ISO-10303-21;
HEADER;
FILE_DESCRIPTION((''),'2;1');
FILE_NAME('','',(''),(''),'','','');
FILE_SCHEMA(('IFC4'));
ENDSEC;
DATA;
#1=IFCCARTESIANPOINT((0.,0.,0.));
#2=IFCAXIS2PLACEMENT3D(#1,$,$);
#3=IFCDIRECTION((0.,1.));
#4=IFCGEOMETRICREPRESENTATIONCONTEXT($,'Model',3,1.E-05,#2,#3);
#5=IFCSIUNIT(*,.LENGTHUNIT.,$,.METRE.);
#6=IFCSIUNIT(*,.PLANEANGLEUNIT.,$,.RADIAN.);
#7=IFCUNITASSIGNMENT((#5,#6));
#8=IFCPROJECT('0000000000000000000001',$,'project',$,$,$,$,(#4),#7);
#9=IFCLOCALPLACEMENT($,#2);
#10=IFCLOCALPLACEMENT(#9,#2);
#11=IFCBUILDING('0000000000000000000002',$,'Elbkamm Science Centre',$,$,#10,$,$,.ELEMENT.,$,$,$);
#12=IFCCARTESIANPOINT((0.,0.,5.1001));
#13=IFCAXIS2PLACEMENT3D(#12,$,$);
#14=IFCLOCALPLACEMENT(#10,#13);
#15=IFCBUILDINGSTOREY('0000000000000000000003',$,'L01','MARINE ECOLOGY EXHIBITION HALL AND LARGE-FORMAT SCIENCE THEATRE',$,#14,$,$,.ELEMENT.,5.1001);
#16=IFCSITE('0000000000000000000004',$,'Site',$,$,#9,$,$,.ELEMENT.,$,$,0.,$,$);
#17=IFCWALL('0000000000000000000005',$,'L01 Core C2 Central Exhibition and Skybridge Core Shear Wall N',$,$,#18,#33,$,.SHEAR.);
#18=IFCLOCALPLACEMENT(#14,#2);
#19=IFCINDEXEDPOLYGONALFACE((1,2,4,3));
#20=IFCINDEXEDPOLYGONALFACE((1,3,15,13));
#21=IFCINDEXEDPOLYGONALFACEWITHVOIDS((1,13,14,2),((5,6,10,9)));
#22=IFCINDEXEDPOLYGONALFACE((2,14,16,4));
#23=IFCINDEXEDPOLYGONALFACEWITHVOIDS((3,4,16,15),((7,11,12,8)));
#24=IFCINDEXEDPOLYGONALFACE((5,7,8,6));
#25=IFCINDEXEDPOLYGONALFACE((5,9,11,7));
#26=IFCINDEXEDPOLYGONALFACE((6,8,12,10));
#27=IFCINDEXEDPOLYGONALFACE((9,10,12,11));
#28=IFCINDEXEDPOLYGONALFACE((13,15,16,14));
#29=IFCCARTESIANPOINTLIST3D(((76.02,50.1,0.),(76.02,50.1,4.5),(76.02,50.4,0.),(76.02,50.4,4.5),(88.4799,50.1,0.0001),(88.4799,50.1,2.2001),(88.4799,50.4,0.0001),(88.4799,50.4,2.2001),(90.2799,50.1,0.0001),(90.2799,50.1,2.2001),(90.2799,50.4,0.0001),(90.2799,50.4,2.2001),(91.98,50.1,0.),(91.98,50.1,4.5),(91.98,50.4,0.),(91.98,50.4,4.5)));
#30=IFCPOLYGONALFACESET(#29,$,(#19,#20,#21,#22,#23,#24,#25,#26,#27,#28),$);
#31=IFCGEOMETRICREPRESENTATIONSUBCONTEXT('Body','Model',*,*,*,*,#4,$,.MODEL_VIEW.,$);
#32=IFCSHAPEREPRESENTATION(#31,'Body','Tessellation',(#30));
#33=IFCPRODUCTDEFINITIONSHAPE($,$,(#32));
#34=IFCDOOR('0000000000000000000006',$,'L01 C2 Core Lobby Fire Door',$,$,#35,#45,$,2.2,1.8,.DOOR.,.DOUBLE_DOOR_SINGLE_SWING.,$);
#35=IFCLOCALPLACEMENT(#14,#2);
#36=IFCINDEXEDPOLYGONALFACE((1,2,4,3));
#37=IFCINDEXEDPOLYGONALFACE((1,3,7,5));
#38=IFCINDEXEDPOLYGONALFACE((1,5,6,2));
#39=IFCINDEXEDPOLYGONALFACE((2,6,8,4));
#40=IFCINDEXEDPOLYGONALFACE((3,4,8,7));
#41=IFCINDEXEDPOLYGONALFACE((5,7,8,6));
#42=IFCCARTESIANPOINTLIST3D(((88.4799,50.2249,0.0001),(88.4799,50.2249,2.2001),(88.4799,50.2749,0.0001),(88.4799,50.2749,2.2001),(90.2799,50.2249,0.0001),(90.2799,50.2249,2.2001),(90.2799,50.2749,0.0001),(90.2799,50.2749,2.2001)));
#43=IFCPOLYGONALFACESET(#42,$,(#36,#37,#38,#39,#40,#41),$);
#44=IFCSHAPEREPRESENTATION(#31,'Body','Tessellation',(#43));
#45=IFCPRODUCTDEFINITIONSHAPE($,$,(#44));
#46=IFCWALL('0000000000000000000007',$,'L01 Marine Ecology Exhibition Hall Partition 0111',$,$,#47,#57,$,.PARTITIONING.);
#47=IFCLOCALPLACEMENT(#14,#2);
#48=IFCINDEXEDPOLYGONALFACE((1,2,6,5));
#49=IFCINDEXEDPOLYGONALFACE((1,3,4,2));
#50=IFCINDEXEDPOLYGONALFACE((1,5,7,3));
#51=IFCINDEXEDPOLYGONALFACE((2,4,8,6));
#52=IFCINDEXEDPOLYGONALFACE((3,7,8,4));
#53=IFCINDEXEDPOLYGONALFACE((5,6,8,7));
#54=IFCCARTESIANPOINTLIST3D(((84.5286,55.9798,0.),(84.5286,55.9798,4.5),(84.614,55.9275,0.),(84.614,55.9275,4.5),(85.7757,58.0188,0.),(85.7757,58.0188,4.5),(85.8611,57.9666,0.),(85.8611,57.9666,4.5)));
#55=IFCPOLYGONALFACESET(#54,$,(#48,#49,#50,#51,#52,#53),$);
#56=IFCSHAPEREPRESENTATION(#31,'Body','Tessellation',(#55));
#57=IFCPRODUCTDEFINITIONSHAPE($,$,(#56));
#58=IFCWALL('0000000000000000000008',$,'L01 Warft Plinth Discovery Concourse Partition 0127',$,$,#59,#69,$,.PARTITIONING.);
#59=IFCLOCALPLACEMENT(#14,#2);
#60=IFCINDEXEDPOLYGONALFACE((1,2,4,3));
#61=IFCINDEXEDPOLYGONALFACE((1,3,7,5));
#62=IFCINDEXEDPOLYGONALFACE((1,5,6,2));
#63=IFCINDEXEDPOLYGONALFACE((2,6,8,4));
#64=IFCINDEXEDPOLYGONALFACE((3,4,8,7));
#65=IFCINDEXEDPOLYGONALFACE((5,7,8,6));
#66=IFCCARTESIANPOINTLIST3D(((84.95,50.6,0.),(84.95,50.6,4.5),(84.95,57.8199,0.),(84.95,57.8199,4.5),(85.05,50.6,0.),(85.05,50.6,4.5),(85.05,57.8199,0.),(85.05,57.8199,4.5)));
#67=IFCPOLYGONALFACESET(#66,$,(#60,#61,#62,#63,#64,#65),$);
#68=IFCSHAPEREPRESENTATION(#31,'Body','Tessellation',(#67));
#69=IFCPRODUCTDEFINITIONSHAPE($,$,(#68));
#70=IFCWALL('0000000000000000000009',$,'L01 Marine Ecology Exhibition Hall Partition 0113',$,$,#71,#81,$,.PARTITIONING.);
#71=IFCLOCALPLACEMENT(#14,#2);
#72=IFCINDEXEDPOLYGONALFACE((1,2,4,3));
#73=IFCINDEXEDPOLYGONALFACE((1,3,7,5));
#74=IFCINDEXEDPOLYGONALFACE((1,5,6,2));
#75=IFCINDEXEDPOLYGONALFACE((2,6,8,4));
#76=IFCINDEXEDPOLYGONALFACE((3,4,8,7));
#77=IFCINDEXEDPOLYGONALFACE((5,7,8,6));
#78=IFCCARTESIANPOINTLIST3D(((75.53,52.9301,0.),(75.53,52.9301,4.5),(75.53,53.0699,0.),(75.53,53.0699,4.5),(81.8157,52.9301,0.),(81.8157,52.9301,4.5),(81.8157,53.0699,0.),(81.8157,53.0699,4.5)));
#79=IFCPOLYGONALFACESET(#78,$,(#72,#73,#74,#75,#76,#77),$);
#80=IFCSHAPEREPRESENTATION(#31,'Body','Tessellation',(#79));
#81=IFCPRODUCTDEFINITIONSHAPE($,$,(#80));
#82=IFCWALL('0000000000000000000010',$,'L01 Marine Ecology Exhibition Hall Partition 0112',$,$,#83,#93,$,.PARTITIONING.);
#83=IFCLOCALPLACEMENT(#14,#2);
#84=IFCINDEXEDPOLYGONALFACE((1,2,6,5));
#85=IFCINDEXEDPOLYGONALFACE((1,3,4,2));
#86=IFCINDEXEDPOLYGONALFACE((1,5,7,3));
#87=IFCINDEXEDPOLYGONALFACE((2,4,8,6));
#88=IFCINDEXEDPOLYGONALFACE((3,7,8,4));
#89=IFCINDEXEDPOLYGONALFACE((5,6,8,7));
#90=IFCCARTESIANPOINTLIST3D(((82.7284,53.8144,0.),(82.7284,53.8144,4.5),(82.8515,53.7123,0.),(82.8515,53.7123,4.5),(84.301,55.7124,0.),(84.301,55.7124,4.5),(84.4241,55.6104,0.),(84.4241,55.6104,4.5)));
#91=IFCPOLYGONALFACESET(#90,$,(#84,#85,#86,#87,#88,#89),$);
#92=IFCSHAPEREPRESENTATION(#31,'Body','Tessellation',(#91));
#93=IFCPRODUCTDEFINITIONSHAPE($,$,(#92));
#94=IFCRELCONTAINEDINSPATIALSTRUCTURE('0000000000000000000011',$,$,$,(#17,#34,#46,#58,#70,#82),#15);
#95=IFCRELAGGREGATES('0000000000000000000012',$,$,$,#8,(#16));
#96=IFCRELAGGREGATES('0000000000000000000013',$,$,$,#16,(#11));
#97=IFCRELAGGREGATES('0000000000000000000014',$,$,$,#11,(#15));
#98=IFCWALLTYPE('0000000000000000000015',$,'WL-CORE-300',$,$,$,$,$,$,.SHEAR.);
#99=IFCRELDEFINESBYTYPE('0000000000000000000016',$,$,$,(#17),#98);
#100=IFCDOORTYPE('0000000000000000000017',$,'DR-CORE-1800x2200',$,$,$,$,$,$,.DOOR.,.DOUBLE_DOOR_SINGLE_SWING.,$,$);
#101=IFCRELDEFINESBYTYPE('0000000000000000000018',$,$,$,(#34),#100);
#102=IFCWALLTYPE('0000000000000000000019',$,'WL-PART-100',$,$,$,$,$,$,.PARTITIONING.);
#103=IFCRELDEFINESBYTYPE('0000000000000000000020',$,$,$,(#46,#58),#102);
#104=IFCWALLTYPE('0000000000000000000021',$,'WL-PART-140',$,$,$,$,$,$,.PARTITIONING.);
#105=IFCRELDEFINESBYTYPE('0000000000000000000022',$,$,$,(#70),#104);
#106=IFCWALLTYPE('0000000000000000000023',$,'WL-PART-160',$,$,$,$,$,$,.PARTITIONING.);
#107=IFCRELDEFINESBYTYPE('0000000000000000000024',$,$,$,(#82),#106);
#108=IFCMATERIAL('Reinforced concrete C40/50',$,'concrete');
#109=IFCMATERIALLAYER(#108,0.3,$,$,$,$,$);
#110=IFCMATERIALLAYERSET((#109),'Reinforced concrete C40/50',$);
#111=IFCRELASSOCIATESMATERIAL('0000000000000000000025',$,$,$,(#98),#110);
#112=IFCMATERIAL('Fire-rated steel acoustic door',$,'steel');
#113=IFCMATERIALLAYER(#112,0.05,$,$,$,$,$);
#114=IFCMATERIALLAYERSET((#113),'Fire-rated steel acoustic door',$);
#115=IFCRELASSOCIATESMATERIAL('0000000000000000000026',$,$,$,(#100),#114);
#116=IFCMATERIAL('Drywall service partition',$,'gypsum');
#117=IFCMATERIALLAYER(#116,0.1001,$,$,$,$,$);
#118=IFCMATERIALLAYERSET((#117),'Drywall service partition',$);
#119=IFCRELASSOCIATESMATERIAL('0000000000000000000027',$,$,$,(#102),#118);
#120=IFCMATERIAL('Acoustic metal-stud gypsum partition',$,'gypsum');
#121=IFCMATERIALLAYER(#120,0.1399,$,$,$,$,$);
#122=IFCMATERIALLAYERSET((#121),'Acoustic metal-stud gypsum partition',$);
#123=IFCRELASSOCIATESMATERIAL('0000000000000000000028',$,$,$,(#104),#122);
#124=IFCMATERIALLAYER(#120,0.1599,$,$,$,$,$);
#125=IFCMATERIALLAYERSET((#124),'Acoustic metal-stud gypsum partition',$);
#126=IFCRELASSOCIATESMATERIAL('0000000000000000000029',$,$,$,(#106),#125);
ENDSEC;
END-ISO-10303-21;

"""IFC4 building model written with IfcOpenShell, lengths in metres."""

from ifc_helpers import new_model, si_unit, direction, frame, frame_2d, origin, place, context, subcontext, project, spatial, rectangle, extrude, material, layer, layer_set, type_object, element, fill, save


model = new_model("IFC4")

# Units and contexts
model_context = context("Model", 3, precision=1e-05, world=origin(), true_north=direction((0.0, 1.0)))
body_context = subcontext(model_context, "Body", "Model", "MODEL_VIEW")
ifc_project = project(units=[si_unit("LENGTHUNIT", "METRE"), si_unit("PLANEANGLEUNIT", "RADIAN")], contexts=[model_context])

# Site, building, storey
site_placement = place(None, origin())
site = spatial("IfcSite", under=ifc_project, at=site_placement, Name="Site", CompositionType="ELEMENT", RefElevation=0.0)
building_placement = place(site_placement, origin())
building = spatial("IfcBuilding", under=site, at=building_placement, Name="Elbkamm Science Centre", CompositionType="ELEMENT")
storey_placement = place(building_placement, frame((0.0, 0.0, 5.1001)))
storey = spatial("IfcBuildingStorey", under=building, at=storey_placement, Name="L01", Description="MARINE ECOLOGY EXHIBITION HALL AND LARGE-FORMAT SCIENCE THEATRE", CompositionType="ELEMENT", Elevation=5.1001)

# Wall, opening, door
ifc_material_1 = material(Name="Reinforced concrete C40/50", Category="concrete")
ifc_layer_1 = layer(ifc_material_1, 0.3)
ifc_layer_set_1 = layer_set([ifc_layer_1], Name="Reinforced concrete C40/50")
wall_type_1 = type_object("IfcWallType", Name="WL-CORE-300", PredefinedType="SHEAR", material=ifc_layer_set_1)
wall_1_placement = place(storey_placement, frame((76.02, 50.25, 0.0), z_axis=(0.0, 0.0, 1.0), x_axis=(1.0, 0.0, 0.0)))
wall_1 = element("IfcWall", 1, at=wall_1_placement, inside=storey, type_object=wall_type_1, Name="L01 Core C2 Central Exhibition and Skybridge Core Shear Wall N", PredefinedType="SHEAR", context=body_context, shape_type="SweptSolid", body=[
    extrude(rectangle(XDim=15.96, YDim=0.3, at=frame_2d((7.98, 0.0))), origin(), (0.0, 0.0, 1.0), 4.5),
])
opening_1_placement = place(wall_1_placement, frame((12.46, 0.0, 0.0)))
opening_1 = element("IfcOpeningElement", 2, at=opening_1_placement, cuts=wall_1, PredefinedType="OPENING", context=body_context, shape_type="SweptSolid", body=[
    extrude(rectangle(XDim=1.8, YDim=2.2, at=frame_2d((0.8999, 1.1001))), frame((0.0, 0.1621, 0.0), z_axis=(0.0, -1.0, 0.0), x_axis=(1.0, 0.0, 0.0)), (0.0, 0.0, 1.0), 0.324),
])
ifc_material_2 = material(Name="Fire-rated steel acoustic door", Category="steel")
ifc_layer_2 = layer(ifc_material_2, 0.05)
ifc_layer_set_2 = layer_set([ifc_layer_2], Name="Fire-rated steel acoustic door")
door_type_1 = type_object("IfcDoorType", Name="DR-CORE-1800x2200", OperationType="DOUBLE_DOOR_SINGLE_SWING", PredefinedType="DOOR", material=ifc_layer_set_2)
door_1_placement = place(opening_1_placement, origin())
door_1 = element("IfcDoor", 3, at=door_1_placement, inside=storey, type_object=door_type_1, Name="L01 C2 Core Lobby Fire Door", OperationType="DOUBLE_DOOR_SINGLE_SWING", OverallHeight=2.2, OverallWidth=1.8, PredefinedType="DOOR", context=body_context, shape_type="SweptSolid", body=[
    extrude(rectangle(XDim=1.8, YDim=2.2, at=frame_2d((0.8999, 1.1001))), frame((0.0, 0.0249, 0.0), z_axis=(0.0, -1.0, 0.0), x_axis=(1.0, 0.0, 0.0)), (0.0, 0.0, 1.0), 0.05),
])
fill(opening_1, door_1)

# Walls
ifc_material_3 = material(Name="Drywall service partition", Category="gypsum")
ifc_layer_3 = layer(ifc_material_3, 0.1001)
ifc_layer_set_3 = layer_set([ifc_layer_3], Name="Drywall service partition")
wall_type_2 = type_object("IfcWallType", Name="WL-PART-100", PredefinedType="PARTITIONING", material=ifc_layer_set_3)
wall_2_placement = place(storey_placement, frame((85.8184, 57.9927, 0.0), z_axis=(0.0, 0.0, 1.0), x_axis=(-0.521747, -0.8531, 0.0)))
element("IfcWall", 4, at=wall_2_placement, inside=storey, type_object=wall_type_2, Name="L01 Marine Ecology Exhibition Hall Partition 0111", PredefinedType="PARTITIONING", context=body_context, shape_type="SweptSolid", body=[
    extrude(rectangle(XDim=2.3901, YDim=0.1001, at=frame_2d((1.1951, 0.0))), origin(), (0.0, 0.0, 1.0), 4.5),
])
wall_3_placement = place(storey_placement, frame((85.0, 50.6001, 0.0), z_axis=(0.0, 0.0, 1.0), x_axis=(0.0, 1.0, 0.0)))
element("IfcWall", 5, at=wall_3_placement, inside=storey, type_object=wall_type_2, Name="L01 Warft Plinth Discovery Concourse Partition 0127", PredefinedType="PARTITIONING", context=body_context, shape_type="SweptSolid", body=[
    extrude(rectangle(XDim=7.22, YDim=0.1001, at=frame_2d((3.6099, 0.0))), origin(), (0.0, 0.0, 1.0), 4.5),
])

# Walls
ifc_material_4 = material(Name="Acoustic metal-stud gypsum partition", Category="gypsum")
ifc_layer_4 = layer(ifc_material_4, 0.1399)
ifc_layer_set_4 = layer_set([ifc_layer_4], Name="Acoustic metal-stud gypsum partition")
wall_type_3 = type_object("IfcWallType", Name="WL-PART-140", PredefinedType="PARTITIONING", material=ifc_layer_set_4)
wall_4_placement = place(storey_placement, frame((81.8157, 53.0, 0.0), z_axis=(0.0, 0.0, 1.0), x_axis=(-1.0, 0.0, 0.0)))
element("IfcWall", 6, at=wall_4_placement, inside=storey, type_object=wall_type_3, Name="L01 Marine Ecology Exhibition Hall Partition 0113", PredefinedType="PARTITIONING", context=body_context, shape_type="SweptSolid", body=[
    extrude(rectangle(XDim=6.2856, YDim=0.1399, at=frame_2d((3.1428, 0.0))), origin(), (0.0, 0.0, 1.0), 4.5),
])
ifc_layer_5 = layer(ifc_material_4, 0.1599)
ifc_layer_set_5 = layer_set([ifc_layer_5], Name="Acoustic metal-stud gypsum partition")
wall_type_4 = type_object("IfcWallType", Name="WL-PART-160", PredefinedType="PARTITIONING", material=ifc_layer_set_5)
wall_5_placement = place(storey_placement, frame((84.3625, 55.6614, 0.0), z_axis=(0.0, 0.0, 1.0), x_axis=(-0.637999, -0.770037, 0.0)))
element("IfcWall", 7, at=wall_5_placement, inside=storey, type_object=wall_type_4, Name="L01 Marine Ecology Exhibition Hall Partition 0112", PredefinedType="PARTITIONING", context=body_context, shape_type="SweptSolid", body=[
    extrude(rectangle(XDim=2.4648, YDim=0.1599, at=frame_2d((1.2324, 0.0))), origin(), (0.0, 0.0, 1.0), 4.5),
])

save(model, "model.ifc")
